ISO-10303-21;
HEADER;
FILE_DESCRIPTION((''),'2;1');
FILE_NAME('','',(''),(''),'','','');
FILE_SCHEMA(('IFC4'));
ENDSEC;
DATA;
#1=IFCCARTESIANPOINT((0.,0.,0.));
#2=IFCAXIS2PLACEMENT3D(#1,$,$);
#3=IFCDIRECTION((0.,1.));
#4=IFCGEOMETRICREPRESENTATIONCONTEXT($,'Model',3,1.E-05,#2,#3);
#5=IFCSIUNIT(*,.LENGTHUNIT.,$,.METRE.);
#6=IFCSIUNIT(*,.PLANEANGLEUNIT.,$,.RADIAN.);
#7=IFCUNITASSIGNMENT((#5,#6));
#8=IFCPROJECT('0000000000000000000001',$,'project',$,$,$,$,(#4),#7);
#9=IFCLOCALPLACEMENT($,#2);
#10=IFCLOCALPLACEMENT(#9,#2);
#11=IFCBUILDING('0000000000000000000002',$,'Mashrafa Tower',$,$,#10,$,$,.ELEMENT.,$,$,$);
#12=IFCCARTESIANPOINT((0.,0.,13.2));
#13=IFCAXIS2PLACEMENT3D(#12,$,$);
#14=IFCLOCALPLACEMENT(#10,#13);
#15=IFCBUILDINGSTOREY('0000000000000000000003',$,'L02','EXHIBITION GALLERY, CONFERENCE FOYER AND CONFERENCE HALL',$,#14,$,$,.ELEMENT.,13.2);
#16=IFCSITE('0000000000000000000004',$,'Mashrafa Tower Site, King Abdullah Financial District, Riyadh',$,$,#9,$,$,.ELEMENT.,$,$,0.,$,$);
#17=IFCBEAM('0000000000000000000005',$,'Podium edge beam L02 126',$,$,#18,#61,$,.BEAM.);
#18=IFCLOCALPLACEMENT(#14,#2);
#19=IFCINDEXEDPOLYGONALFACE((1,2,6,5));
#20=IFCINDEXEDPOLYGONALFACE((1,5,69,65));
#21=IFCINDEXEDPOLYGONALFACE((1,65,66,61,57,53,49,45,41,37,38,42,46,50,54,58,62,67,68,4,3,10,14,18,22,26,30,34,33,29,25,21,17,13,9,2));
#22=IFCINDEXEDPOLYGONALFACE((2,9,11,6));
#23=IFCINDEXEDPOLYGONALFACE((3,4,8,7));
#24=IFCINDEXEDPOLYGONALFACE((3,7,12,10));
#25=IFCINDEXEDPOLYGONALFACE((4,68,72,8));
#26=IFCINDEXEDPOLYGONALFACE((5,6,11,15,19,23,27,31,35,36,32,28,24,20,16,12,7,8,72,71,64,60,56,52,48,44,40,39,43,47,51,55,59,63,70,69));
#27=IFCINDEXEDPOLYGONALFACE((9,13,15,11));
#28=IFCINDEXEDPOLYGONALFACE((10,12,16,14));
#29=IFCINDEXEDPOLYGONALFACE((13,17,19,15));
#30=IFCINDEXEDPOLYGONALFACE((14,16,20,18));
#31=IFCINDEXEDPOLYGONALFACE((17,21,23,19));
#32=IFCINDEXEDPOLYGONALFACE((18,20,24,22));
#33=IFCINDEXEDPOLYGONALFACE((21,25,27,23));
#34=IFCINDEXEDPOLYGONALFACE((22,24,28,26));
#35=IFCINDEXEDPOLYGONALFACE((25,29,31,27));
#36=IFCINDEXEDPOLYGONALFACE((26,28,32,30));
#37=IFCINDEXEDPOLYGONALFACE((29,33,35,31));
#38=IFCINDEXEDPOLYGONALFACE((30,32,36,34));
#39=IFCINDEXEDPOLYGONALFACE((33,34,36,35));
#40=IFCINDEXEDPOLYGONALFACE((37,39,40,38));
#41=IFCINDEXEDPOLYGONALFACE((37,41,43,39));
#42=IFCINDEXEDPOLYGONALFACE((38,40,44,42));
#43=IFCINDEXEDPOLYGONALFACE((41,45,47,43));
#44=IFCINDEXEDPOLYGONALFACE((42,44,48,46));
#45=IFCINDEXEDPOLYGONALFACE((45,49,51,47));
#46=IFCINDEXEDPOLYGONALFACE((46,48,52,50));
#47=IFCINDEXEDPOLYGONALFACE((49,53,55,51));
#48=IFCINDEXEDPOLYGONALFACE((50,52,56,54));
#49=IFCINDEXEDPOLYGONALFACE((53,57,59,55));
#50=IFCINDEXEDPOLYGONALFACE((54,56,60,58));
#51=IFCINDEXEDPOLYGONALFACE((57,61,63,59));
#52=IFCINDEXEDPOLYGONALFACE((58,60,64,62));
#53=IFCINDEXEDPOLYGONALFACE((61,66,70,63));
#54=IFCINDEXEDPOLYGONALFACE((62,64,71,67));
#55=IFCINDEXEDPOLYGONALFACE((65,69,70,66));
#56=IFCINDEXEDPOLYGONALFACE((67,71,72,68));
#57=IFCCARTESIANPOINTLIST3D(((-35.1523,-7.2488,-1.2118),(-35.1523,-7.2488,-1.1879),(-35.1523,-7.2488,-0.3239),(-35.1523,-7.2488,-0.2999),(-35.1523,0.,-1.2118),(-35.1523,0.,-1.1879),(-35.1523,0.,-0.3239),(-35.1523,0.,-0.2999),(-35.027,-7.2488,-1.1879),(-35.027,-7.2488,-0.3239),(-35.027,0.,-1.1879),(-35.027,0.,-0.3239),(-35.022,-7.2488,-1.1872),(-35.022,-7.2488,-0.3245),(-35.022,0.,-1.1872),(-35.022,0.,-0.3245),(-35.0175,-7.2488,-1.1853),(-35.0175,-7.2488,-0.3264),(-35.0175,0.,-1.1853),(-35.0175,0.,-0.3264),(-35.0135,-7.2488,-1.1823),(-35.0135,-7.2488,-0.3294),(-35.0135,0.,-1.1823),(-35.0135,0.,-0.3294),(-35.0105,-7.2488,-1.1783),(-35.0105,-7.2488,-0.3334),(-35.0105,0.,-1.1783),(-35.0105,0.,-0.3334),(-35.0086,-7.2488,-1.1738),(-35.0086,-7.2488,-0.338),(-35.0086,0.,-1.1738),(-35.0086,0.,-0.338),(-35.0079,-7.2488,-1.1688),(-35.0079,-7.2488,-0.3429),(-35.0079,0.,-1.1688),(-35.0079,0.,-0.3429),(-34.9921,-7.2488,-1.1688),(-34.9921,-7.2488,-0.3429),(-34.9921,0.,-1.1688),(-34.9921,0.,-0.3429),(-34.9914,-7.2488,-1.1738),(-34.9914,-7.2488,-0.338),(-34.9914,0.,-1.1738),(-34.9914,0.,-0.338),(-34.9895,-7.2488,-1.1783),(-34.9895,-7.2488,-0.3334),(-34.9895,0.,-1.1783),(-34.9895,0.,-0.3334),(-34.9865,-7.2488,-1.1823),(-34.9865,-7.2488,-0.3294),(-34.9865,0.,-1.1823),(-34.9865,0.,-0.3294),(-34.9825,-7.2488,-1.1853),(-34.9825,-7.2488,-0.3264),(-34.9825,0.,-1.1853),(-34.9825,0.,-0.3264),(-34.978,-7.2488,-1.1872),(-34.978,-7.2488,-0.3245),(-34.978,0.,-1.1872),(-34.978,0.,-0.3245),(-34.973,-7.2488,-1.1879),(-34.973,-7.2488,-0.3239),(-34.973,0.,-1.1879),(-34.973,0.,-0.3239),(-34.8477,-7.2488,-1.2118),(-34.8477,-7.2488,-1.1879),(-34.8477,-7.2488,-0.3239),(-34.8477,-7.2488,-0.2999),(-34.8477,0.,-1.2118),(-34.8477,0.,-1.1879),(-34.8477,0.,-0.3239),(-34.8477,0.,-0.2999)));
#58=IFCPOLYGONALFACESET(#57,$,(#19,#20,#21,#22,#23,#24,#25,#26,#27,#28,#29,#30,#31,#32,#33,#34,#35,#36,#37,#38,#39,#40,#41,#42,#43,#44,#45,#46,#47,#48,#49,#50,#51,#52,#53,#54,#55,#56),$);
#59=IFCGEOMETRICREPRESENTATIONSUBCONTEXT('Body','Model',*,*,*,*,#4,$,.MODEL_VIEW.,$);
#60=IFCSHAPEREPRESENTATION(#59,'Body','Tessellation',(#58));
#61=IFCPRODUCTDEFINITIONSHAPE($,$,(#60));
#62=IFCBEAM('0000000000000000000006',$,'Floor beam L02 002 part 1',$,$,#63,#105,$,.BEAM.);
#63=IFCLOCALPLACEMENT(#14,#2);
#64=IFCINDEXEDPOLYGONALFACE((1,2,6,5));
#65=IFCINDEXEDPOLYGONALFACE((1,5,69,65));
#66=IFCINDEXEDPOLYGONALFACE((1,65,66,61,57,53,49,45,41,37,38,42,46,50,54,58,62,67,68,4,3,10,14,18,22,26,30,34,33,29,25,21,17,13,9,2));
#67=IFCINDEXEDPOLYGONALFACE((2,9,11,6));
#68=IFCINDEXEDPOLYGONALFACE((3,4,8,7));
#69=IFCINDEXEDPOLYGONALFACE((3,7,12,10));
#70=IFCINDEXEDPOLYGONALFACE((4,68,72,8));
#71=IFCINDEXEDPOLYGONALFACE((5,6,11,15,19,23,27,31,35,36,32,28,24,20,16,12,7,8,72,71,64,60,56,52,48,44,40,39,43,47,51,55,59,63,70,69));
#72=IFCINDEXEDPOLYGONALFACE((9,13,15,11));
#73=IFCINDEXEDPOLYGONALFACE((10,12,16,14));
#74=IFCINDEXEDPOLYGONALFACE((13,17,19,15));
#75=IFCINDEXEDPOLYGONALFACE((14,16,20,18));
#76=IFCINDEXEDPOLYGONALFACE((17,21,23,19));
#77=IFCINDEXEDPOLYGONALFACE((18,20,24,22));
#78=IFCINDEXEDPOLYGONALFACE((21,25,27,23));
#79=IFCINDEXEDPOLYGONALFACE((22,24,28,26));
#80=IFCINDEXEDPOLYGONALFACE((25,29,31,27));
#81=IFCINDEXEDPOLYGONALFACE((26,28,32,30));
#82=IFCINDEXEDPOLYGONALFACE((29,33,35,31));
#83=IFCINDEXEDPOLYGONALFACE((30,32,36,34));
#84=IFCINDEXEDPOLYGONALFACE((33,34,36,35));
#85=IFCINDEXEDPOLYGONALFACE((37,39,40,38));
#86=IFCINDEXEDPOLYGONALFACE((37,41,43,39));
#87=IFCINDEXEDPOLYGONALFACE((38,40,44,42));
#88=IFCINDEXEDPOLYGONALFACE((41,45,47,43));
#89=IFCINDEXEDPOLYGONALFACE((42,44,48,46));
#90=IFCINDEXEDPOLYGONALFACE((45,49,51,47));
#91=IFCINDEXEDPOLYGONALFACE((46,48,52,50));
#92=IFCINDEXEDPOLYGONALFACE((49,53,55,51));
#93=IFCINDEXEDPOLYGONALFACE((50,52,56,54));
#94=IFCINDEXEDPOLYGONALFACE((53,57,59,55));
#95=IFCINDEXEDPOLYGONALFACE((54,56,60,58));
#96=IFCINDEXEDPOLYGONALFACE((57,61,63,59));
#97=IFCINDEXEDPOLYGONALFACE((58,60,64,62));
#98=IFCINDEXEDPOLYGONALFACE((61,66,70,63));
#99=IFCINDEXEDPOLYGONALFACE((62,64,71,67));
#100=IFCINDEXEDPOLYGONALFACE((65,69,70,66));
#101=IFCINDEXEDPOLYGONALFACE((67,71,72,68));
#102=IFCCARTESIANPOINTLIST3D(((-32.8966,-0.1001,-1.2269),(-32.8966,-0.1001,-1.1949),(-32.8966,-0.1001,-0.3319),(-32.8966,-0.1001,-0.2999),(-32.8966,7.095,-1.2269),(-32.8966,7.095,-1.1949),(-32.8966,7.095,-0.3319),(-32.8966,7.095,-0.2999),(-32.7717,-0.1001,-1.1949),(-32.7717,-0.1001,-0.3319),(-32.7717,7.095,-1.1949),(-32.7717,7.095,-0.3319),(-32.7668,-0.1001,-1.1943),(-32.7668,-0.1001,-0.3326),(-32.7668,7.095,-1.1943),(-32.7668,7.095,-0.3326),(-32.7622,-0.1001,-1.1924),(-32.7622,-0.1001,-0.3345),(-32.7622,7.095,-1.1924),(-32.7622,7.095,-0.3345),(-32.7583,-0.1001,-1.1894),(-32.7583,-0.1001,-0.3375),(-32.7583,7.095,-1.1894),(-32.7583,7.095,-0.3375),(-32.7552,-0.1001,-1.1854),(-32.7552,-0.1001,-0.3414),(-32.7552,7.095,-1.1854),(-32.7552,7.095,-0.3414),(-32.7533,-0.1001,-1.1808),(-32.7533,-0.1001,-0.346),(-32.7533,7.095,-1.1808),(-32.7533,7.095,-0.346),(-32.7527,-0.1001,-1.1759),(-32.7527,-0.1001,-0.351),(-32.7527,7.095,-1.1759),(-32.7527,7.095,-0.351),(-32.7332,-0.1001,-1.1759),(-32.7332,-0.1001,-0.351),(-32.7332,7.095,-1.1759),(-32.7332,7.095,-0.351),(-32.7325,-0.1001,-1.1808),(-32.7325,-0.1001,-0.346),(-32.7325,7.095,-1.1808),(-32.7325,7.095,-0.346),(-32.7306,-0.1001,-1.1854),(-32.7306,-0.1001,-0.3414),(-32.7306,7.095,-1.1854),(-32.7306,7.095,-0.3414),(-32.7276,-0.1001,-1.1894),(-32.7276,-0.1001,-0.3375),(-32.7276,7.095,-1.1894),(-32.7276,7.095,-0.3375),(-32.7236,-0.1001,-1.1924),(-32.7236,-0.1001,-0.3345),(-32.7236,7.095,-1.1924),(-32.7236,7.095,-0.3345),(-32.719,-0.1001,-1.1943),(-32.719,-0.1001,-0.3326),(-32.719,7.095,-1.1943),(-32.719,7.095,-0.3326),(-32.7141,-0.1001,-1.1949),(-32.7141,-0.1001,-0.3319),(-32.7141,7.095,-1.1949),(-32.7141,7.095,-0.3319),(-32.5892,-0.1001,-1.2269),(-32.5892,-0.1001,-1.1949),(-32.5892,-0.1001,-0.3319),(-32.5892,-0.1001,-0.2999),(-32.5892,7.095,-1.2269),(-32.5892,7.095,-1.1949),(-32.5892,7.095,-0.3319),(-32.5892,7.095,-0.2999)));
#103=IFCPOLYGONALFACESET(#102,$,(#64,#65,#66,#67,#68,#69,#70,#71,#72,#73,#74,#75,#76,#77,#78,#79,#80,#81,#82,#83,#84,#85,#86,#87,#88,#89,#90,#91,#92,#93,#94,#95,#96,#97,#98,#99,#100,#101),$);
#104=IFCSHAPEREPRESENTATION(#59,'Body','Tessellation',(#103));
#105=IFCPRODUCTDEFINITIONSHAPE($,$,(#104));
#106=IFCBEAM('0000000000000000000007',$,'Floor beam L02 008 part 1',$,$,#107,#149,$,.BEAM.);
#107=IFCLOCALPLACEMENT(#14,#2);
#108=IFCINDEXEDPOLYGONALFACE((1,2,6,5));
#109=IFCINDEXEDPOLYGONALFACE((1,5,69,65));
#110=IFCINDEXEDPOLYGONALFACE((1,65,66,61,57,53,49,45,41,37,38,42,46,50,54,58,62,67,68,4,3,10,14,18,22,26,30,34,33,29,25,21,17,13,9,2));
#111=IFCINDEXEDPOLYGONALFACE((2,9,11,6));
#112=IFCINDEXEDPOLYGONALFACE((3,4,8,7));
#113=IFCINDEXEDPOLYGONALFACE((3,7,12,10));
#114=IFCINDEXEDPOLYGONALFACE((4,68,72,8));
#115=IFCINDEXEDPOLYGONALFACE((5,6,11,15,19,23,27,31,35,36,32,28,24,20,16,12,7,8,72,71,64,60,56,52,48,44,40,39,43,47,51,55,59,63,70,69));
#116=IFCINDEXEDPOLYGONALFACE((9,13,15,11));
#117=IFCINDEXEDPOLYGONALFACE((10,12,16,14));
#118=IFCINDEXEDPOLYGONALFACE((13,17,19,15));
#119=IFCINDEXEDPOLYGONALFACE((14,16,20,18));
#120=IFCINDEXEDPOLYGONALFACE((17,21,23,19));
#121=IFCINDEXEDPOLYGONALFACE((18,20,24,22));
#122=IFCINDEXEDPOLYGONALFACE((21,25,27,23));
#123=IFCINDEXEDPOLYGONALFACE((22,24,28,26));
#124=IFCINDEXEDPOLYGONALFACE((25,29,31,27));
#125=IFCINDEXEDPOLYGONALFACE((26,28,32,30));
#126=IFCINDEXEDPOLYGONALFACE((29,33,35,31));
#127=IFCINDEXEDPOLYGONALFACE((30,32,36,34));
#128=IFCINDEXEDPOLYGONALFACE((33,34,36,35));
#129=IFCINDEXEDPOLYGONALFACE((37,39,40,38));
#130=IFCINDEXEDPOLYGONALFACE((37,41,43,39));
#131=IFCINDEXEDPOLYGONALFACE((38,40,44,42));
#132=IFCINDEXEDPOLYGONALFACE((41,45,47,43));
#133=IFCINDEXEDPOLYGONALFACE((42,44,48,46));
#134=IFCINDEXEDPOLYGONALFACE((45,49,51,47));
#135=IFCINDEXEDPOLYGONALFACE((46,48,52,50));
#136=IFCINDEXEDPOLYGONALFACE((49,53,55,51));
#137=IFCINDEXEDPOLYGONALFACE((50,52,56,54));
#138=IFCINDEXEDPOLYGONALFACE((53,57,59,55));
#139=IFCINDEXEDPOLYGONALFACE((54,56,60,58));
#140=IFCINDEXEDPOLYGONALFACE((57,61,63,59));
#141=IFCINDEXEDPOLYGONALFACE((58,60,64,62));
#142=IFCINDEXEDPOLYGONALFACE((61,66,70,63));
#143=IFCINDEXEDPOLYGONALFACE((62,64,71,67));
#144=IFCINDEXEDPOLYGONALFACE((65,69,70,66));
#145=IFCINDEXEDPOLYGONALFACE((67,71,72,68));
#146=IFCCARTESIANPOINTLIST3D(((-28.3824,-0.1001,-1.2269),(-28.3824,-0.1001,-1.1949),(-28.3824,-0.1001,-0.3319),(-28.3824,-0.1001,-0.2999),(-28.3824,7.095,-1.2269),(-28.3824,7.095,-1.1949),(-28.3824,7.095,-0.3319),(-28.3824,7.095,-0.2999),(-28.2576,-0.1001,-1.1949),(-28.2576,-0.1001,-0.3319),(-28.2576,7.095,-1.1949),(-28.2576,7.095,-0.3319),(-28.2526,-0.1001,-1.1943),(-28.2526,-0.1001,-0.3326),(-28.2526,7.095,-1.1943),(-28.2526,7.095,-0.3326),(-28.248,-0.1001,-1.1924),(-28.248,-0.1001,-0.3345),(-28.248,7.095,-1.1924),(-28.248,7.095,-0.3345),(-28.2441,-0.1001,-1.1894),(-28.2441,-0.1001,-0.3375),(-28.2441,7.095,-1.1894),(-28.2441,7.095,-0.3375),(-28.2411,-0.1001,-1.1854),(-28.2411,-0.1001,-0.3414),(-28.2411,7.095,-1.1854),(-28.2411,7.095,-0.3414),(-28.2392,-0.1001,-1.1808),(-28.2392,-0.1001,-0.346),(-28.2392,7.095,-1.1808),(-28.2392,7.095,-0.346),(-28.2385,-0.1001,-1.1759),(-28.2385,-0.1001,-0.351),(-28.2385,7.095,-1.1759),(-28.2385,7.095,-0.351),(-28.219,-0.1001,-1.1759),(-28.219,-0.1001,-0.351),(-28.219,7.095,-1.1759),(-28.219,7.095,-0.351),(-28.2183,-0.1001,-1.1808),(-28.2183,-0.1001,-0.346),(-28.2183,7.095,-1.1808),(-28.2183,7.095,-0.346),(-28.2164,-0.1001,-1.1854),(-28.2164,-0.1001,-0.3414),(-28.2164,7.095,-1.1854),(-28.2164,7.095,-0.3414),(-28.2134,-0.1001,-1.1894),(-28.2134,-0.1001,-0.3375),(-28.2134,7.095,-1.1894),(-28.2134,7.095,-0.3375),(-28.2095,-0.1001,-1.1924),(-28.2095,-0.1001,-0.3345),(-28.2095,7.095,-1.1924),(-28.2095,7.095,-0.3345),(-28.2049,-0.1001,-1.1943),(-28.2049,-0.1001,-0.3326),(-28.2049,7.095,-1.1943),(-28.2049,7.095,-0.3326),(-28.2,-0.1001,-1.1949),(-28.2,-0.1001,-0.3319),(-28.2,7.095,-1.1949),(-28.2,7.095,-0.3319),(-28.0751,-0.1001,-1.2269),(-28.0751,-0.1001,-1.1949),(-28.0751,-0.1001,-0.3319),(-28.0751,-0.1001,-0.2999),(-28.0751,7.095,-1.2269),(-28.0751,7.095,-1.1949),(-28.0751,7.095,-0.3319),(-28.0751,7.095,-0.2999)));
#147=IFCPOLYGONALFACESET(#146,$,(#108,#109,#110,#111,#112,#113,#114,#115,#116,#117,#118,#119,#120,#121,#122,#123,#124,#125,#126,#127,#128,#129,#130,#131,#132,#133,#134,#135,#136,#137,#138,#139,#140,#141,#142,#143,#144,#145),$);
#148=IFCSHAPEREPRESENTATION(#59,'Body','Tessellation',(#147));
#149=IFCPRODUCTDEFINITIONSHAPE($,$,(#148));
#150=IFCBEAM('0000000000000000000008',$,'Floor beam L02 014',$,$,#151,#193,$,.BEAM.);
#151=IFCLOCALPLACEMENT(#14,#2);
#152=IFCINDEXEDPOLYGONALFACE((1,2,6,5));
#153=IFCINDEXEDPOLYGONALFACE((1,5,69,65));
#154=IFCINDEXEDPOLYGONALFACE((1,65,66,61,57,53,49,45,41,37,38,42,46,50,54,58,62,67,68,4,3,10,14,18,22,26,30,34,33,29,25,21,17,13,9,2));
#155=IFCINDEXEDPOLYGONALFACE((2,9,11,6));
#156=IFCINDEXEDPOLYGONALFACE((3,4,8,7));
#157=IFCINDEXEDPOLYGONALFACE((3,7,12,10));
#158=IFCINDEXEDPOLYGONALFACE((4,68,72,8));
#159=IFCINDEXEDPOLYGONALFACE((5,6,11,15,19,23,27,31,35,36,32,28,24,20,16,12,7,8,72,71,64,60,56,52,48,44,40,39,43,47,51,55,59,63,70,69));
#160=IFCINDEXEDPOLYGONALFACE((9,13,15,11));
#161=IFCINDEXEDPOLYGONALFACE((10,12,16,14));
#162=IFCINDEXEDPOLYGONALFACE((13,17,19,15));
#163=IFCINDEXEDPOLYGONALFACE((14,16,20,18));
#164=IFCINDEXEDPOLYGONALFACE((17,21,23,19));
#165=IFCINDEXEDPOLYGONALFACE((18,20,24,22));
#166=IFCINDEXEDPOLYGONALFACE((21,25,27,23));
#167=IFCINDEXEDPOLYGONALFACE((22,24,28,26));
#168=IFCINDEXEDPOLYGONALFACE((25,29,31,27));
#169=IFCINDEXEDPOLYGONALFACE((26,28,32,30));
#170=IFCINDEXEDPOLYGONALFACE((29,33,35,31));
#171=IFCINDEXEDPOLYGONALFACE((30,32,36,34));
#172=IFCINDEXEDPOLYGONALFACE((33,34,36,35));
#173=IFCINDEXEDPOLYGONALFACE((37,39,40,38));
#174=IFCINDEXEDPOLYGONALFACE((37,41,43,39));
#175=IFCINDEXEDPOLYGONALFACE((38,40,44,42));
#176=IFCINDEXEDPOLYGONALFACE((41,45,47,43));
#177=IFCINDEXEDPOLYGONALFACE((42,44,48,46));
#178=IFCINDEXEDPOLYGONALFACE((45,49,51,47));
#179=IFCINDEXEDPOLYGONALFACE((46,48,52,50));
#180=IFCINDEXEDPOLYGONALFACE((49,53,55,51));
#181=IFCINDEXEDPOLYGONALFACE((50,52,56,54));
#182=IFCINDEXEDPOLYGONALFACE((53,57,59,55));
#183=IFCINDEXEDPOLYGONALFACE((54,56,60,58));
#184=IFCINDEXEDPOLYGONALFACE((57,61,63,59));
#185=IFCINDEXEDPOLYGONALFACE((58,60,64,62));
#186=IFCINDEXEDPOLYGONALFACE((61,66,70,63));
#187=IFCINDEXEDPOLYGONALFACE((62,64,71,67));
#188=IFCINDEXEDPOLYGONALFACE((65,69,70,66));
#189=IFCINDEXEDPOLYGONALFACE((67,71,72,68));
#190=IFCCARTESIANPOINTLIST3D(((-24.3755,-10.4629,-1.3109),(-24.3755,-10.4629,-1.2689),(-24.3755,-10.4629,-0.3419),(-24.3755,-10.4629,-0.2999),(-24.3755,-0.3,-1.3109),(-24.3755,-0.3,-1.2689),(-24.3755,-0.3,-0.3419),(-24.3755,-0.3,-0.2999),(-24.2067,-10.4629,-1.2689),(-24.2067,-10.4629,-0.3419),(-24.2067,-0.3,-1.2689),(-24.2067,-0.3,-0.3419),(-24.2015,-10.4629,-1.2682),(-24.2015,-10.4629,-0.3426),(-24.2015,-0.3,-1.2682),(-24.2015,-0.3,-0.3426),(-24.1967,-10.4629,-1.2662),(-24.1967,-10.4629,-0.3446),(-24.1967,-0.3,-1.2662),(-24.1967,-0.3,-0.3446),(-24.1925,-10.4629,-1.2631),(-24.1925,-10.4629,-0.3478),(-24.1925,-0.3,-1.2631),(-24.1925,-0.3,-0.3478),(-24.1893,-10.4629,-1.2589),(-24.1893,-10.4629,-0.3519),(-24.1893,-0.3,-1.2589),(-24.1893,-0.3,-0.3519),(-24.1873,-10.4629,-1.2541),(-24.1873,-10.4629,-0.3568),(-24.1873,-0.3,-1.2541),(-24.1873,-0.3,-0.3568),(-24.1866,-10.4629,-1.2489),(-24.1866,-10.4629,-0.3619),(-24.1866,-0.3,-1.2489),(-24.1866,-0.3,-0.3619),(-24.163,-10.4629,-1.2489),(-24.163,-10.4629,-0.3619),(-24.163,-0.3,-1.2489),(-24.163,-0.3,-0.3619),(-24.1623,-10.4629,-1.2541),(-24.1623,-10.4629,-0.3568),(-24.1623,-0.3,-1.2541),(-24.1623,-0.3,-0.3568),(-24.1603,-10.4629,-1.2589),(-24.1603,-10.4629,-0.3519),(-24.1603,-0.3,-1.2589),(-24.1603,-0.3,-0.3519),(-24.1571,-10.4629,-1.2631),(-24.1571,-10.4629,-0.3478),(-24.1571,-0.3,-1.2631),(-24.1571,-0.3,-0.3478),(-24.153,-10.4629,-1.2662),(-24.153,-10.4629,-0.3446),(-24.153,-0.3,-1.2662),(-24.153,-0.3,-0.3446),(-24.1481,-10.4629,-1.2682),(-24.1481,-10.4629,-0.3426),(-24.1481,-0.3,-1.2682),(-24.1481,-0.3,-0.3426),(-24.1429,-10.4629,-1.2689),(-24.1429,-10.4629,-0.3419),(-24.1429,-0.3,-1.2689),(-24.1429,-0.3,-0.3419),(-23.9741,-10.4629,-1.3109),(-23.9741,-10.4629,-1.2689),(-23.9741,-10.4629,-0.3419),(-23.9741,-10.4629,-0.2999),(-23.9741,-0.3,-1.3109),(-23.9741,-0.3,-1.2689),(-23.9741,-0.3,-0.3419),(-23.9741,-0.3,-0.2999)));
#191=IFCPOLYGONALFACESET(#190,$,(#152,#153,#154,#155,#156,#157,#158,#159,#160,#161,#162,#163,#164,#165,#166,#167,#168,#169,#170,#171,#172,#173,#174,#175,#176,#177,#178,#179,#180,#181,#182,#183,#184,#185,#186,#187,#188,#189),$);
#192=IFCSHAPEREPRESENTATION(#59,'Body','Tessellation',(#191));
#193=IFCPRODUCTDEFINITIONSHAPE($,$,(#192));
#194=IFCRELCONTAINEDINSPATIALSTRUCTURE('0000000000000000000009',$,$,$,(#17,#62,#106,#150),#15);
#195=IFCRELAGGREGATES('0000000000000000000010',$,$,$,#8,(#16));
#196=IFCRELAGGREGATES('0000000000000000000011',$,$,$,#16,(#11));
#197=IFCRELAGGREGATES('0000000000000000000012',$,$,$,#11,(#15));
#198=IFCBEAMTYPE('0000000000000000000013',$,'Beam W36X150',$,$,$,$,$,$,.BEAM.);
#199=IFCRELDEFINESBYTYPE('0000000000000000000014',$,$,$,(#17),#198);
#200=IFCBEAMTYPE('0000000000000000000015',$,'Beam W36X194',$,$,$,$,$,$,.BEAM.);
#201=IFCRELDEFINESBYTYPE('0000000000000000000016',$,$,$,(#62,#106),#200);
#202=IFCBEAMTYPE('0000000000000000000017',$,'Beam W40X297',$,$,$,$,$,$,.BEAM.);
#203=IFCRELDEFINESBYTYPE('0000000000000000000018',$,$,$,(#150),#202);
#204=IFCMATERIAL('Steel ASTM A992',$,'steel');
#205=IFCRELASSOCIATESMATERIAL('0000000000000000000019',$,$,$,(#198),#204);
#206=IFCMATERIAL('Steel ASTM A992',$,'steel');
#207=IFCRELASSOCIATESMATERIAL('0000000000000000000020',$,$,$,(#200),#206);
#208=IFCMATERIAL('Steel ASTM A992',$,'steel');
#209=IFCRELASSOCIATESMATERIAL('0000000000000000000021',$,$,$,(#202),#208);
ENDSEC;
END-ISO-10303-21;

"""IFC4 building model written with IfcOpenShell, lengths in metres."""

from ifc_helpers import new_model, si_unit, direction, frame, origin, origin_2d, place, context, subcontext, project, spatial, i_section, extrude, material, material_profile, profile_set, type_object, element, save


model = new_model("IFC4")

# Units and contexts
model_context = context("Model", 3, precision=1e-05, world=origin(), true_north=direction((0.0, 1.0)))
body_context = subcontext(model_context, "Body", "Model", "MODEL_VIEW")
ifc_project = project(units=[si_unit("LENGTHUNIT", "METRE"), si_unit("PLANEANGLEUNIT", "RADIAN")], contexts=[model_context])

# Site, building, storey
site_placement = place(None, origin())
site = spatial("IfcSite", under=ifc_project, at=site_placement, Name="Mashrafa Tower Site, King Abdullah Financial District, Riyadh", CompositionType="ELEMENT", RefElevation=0.0)
building_placement = place(site_placement, origin())
building = spatial("IfcBuilding", under=site, at=building_placement, Name="Mashrafa Tower", CompositionType="ELEMENT")
storey_placement = place(building_placement, frame((0.0, 0.0, 13.2)))
storey = spatial("IfcBuildingStorey", under=building, at=storey_placement, Name="L02", Description="EXHIBITION GALLERY, CONFERENCE FOYER AND CONFERENCE HALL", CompositionType="ELEMENT", Elevation=13.2)

# Beams
ifc_material_1 = material(Name="Steel ASTM A992", Category="steel")
ifc_material_profile_1 = material_profile(ifc_material_1, i_section(OverallWidth=0.3047, OverallDepth=0.9119, WebThickness=0.0159, FlangeThickness=0.0239, FilletRadius=0.019, at=origin_2d()), Name="W36X150")
ifc_profile_set_1 = profile_set([ifc_material_profile_1], Name="Steel ASTM A992")
beam_type_1 = type_object("IfcBeamType", Name="Beam W36X150", PredefinedType="BEAM", material=ifc_profile_set_1)
beam_1_placement = place(storey_placement, frame((-35.0, 0.0, -0.7559), z_axis=(0.0, -1.0, 0.0), x_axis=(1.0, 0.0, 0.0)))
element("IfcBeam", 1, at=beam_1_placement, inside=storey, type_object=beam_type_1, Name="Podium edge beam L02 126", PredefinedType="BEAM", context=body_context, shape_type="SweptSolid", body=[
    extrude(i_section(OverallWidth=0.3047, OverallDepth=0.9119, WebThickness=0.0159, FlangeThickness=0.0239, FilletRadius=0.019, at=origin_2d()), origin(), (0.0, 0.0, 1.0), 7.2488),
])
ifc_material_2 = material(Name="Steel ASTM A992", Category="steel")
ifc_material_profile_2 = material_profile(ifc_material_2, i_section(OverallWidth=0.3074, OverallDepth=0.927, WebThickness=0.0195, FlangeThickness=0.032, FilletRadius=0.019, at=origin_2d()), Name="W36X194")
ifc_profile_set_2 = profile_set([ifc_material_profile_2], Name="Steel ASTM A992")
beam_type_2 = type_object("IfcBeamType", Name="Beam W36X194", PredefinedType="BEAM", material=ifc_profile_set_2)
for number, where, z_axis, x_axis, name in (
    (2, (-32.7429, -0.1001, -0.7634), (0.0, 1.0, 0.0), (-1.0, 0.0, 0.0), "Floor beam L02 002 part 1"),
    (3, (-28.2288, -0.1001, -0.7634), (0.0, 1.0, 0.0), (-1.0, 0.0, 0.0), "Floor beam L02 008 part 1"),
):
    element("IfcBeam", number, at=place(storey_placement, frame(where, z_axis=z_axis, x_axis=x_axis)), inside=storey, type_object=beam_type_2, Name=name, PredefinedType="BEAM", context=body_context, shape_type="SweptSolid", body=[
        extrude(i_section(OverallWidth=0.3074, OverallDepth=0.927, WebThickness=0.0195, FlangeThickness=0.032, FilletRadius=0.019, at=origin_2d()), origin(), (0.0, 0.0, 1.0), 7.1951),
    ])
ifc_material_3 = material(Name="Steel ASTM A992", Category="steel")
ifc_material_profile_3 = material_profile(ifc_material_3, i_section(OverallWidth=0.4014, OverallDepth=1.011, WebThickness=0.0237, FlangeThickness=0.042, FilletRadius=0.02, at=origin_2d()), Name="W40X297")
ifc_profile_set_3 = profile_set([ifc_material_profile_3], Name="Steel ASTM A992")
beam_type_3 = type_object("IfcBeamType", Name="Beam W40X297", PredefinedType="BEAM", material=ifc_profile_set_3)
beam_2_placement = place(storey_placement, frame((-24.1748, -10.4629, -0.8054), z_axis=(0.0, 1.0, 0.0), x_axis=(-1.0, 0.0, 0.0)))
element("IfcBeam", 4, at=beam_2_placement, inside=storey, type_object=beam_type_3, Name="Floor beam L02 014", PredefinedType="BEAM", context=body_context, shape_type="SweptSolid", body=[
    extrude(i_section(OverallWidth=0.4014, OverallDepth=1.011, WebThickness=0.0237, FlangeThickness=0.042, FilletRadius=0.02, at=origin_2d()), origin(), (0.0, 0.0, 1.0), 10.1628),
])

save(model, "model.ifc")
